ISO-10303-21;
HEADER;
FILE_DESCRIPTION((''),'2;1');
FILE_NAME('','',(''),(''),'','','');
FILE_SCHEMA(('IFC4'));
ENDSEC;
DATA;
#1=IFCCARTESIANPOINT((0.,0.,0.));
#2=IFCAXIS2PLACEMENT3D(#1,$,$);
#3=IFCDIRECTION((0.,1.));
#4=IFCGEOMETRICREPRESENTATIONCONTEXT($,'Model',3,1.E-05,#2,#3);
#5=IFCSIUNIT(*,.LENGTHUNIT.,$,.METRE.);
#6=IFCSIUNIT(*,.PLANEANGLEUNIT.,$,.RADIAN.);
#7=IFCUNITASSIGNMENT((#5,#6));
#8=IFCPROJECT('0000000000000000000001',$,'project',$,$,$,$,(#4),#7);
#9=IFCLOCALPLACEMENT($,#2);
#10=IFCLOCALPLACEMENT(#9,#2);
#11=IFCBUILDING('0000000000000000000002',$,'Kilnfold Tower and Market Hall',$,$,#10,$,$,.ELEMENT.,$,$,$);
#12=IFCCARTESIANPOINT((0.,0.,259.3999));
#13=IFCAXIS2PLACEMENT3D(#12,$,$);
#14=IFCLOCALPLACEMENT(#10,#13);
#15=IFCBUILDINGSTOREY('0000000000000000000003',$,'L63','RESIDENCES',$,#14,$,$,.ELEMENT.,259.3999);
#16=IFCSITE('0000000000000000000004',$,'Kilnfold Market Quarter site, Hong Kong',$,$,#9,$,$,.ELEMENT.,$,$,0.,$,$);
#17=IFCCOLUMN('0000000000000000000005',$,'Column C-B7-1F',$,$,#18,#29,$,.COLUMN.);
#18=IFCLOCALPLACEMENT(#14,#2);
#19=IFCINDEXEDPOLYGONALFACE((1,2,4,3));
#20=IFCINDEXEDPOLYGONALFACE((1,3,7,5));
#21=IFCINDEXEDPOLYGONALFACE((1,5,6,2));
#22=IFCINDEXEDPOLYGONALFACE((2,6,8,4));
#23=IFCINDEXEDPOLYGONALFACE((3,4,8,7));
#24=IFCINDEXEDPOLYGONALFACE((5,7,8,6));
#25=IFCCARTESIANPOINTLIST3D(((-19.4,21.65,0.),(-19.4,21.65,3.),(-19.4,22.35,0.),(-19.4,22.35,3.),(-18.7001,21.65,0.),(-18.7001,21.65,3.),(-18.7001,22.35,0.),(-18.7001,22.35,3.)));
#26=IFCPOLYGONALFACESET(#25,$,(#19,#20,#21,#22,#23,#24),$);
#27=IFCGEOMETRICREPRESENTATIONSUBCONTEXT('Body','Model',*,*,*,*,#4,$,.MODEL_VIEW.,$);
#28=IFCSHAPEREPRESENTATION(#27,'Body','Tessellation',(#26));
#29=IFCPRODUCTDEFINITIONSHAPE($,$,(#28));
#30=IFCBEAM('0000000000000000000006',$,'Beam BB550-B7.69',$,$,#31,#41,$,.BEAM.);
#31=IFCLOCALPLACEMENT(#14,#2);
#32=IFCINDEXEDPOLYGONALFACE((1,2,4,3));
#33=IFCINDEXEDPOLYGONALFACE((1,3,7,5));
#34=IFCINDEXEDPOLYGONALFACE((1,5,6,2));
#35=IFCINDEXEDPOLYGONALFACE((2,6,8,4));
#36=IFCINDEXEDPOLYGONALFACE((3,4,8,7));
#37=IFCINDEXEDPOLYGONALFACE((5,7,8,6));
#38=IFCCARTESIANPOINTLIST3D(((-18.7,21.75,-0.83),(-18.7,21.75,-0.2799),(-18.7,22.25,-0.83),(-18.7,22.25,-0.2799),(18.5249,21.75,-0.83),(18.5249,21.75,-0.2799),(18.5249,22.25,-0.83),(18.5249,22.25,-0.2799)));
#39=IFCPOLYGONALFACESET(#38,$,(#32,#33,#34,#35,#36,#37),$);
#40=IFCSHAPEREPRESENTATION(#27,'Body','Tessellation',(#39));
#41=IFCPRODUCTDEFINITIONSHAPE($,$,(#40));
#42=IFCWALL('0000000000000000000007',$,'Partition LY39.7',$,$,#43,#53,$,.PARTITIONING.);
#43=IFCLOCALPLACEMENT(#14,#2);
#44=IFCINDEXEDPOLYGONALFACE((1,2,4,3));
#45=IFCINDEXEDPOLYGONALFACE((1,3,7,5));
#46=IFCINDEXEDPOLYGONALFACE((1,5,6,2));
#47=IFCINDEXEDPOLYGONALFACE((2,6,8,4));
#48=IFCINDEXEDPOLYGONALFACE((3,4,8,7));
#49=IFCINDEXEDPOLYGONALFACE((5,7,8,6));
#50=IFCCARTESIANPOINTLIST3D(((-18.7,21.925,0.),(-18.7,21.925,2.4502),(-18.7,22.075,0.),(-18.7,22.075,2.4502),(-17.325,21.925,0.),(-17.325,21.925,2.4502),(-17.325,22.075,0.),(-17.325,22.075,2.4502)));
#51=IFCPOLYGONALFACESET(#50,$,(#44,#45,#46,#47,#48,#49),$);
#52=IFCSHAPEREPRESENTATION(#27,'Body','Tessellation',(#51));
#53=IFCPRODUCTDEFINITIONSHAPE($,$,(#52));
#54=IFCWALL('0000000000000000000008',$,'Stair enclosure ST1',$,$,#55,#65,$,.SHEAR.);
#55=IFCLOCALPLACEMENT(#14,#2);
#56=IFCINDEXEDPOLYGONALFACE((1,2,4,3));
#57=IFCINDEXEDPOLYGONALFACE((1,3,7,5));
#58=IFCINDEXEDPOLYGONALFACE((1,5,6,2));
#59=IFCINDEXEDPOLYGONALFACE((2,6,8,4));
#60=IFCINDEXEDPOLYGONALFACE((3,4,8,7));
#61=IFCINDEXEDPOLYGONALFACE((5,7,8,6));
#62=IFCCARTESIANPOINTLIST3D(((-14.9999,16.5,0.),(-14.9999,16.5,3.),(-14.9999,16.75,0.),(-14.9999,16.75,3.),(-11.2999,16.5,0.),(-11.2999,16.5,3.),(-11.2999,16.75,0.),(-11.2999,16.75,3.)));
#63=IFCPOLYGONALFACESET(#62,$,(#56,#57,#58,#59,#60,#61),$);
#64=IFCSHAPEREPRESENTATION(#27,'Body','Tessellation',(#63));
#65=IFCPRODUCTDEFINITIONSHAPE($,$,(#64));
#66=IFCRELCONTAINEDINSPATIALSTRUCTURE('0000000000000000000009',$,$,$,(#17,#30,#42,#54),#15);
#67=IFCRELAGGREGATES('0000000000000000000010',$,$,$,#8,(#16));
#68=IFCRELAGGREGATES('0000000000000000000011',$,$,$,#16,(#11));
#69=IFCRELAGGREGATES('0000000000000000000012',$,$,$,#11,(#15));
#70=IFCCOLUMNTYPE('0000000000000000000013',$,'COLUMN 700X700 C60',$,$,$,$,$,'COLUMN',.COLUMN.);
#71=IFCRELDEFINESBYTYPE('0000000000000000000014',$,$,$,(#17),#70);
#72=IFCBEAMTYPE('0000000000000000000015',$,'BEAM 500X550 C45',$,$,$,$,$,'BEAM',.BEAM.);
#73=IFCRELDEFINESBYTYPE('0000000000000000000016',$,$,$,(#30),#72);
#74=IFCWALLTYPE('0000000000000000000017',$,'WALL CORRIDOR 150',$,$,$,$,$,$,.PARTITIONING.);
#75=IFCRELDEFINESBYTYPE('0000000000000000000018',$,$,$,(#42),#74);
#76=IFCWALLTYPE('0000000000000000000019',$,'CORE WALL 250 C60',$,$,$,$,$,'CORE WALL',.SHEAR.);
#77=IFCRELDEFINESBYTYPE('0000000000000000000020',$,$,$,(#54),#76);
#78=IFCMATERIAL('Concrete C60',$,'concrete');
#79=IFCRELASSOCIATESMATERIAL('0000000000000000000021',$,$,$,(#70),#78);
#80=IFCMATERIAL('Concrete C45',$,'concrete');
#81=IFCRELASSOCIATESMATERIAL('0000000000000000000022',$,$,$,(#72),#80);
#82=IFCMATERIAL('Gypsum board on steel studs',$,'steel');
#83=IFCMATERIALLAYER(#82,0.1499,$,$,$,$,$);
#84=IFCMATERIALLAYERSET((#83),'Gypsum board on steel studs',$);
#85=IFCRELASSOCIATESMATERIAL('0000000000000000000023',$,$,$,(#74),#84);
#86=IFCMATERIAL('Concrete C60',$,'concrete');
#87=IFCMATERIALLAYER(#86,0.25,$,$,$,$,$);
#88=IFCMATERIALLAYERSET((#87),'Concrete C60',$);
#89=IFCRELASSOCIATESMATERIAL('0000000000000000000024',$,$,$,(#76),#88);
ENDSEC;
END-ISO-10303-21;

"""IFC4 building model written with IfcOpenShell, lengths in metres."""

from ifc_helpers import new_model, si_unit, direction, frame, frame_2d, origin, origin_2d, place, context, subcontext, project, spatial, rectangle, extrude, source, transform, mapped, material, layer, layer_set, material_profile, profile_set, type_object, element, save


model = new_model("IFC4")

# Units and contexts
model_context = context("Model", 3, precision=1e-05, world=origin(), true_north=direction((0.0, 1.0)))
body_context = subcontext(model_context, "Body", "Model", "MODEL_VIEW")
ifc_project = project(units=[si_unit("LENGTHUNIT", "METRE"), si_unit("PLANEANGLEUNIT", "RADIAN")], contexts=[model_context])

# Site, building, storey
site_placement = place(None, origin())
site = spatial("IfcSite", under=ifc_project, at=site_placement, Name="Kilnfold Market Quarter site, Hong Kong", CompositionType="ELEMENT", RefElevation=0.0)
building_placement = place(site_placement, origin())
building = spatial("IfcBuilding", under=site, at=building_placement, Name="Kilnfold Tower and Market Hall", CompositionType="ELEMENT")
storey_placement = place(building_placement, frame((0.0, 0.0, 259.3999)))
storey = spatial("IfcBuildingStorey", under=building, at=storey_placement, Name="L63", Description="RESIDENCES", CompositionType="ELEMENT", Elevation=259.3999)

# Column
ifc_material_1 = material(Name="Concrete C60", Category="concrete")
ifc_material_profile_1 = material_profile(ifc_material_1, rectangle(XDim=0.7, YDim=0.7, at=origin_2d()), Name="RC 700x700")
ifc_profile_set_1 = profile_set([ifc_material_profile_1], Name="Concrete C60")
column_type = type_object("IfcColumnType", Name="COLUMN 700X700 C60", ElementType="COLUMN", PredefinedType="COLUMN", material=ifc_profile_set_1)
shared_shape_1 = source(origin(), body_context, "Body", "SweptSolid", [
    extrude(rectangle(XDim=0.7, YDim=0.7, at=origin_2d()), origin(), (0.0, 0.0, 1.0), 3.0),
])
column_placement = place(storey_placement, frame((-19.05, 22.0, 0.0), z_axis=(0.0, 0.0, 1.0), x_axis=(1.0, 0.0, 0.0)))
element("IfcColumn", 1, at=column_placement, inside=storey, type_object=column_type, Name="Column C-B7-1F", PredefinedType="COLUMN", context=body_context, shape_type="MappedRepresentation", body=[
    mapped(shared_shape_1, transform((0.0, 0.0, 0.0))),
])

# Beam
ifc_material_2 = material(Name="Concrete C45", Category="concrete")
ifc_material_profile_2 = material_profile(ifc_material_2, rectangle(XDim=0.5, YDim=0.55, at=origin_2d()), Name="RC 500x550")
ifc_profile_set_2 = profile_set([ifc_material_profile_2], Name="Concrete C45")
beam_type = type_object("IfcBeamType", Name="BEAM 500X550 C45", ElementType="BEAM", PredefinedType="BEAM", material=ifc_profile_set_2)
shared_shape_2 = source(origin(), body_context, "Body", "SweptSolid", [
    extrude(rectangle(XDim=0.5, YDim=0.55, at=origin_2d()), origin(), (0.0, 0.0, 1.0), 37.2249),
])
beam_placement = place(storey_placement, frame((-18.7, 22.0, -0.5549), z_axis=(1.0, 0.0, 0.0), x_axis=(0.0, 1.0, 0.0)))
element("IfcBeam", 2, at=beam_placement, inside=storey, type_object=beam_type, Name="Beam BB550-B7.69", PredefinedType="BEAM", context=body_context, shape_type="MappedRepresentation", body=[
    mapped(shared_shape_2, transform((0.0, 0.0, 0.0))),
])

# Walls
ifc_material_3 = material(Name="Gypsum board on steel studs", Category="steel")
ifc_layer_1 = layer(ifc_material_3, 0.1499)
ifc_layer_set_1 = layer_set([ifc_layer_1], Name="Gypsum board on steel studs")
wall_type_1 = type_object("IfcWallType", Name="WALL CORRIDOR 150", PredefinedType="PARTITIONING", material=ifc_layer_set_1)
wall_1_placement = place(storey_placement, frame((-17.325, 22.0, 0.0), z_axis=(0.0, 0.0, 1.0), x_axis=(-1.0, 0.0, 0.0)))
element("IfcWall", 3, at=wall_1_placement, inside=storey, type_object=wall_type_1, Name="Partition LY39.7", PredefinedType="PARTITIONING", context=body_context, shape_type="SweptSolid", body=[
    extrude(rectangle(XDim=1.375, YDim=0.1499, at=frame_2d((0.6875, 0.0))), origin(), (0.0, 0.0, 1.0), 2.4502),
])
ifc_material_4 = material(Name="Concrete C60", Category="concrete")
ifc_layer_2 = layer(ifc_material_4, 0.25)
ifc_layer_set_2 = layer_set([ifc_layer_2], Name="Concrete C60")
wall_type_2 = type_object("IfcWallType", Name="CORE WALL 250 C60", ElementType="CORE WALL", PredefinedType="SHEAR", material=ifc_layer_set_2)
shared_shape_3 = source(origin(), body_context, "Body", "SweptSolid", [
    extrude(rectangle(XDim=3.7, YDim=0.25, at=frame_2d((1.8501, 0.0))), origin(), (0.0, 0.0, 1.0), 3.0),
])
wall_2_placement = place(storey_placement, frame((-15.0, 16.625, 0.0), z_axis=(0.0, 0.0, 1.0), x_axis=(1.0, 0.0, 0.0)))
element("IfcWall", 4, at=wall_2_placement, inside=storey, type_object=wall_type_2, Name="Stair enclosure ST1", PredefinedType="SHEAR", context=body_context, shape_type="MappedRepresentation", body=[
    mapped(shared_shape_3, transform((0.0, 0.0, 0.0))),
])

save(model, "model.ifc")
